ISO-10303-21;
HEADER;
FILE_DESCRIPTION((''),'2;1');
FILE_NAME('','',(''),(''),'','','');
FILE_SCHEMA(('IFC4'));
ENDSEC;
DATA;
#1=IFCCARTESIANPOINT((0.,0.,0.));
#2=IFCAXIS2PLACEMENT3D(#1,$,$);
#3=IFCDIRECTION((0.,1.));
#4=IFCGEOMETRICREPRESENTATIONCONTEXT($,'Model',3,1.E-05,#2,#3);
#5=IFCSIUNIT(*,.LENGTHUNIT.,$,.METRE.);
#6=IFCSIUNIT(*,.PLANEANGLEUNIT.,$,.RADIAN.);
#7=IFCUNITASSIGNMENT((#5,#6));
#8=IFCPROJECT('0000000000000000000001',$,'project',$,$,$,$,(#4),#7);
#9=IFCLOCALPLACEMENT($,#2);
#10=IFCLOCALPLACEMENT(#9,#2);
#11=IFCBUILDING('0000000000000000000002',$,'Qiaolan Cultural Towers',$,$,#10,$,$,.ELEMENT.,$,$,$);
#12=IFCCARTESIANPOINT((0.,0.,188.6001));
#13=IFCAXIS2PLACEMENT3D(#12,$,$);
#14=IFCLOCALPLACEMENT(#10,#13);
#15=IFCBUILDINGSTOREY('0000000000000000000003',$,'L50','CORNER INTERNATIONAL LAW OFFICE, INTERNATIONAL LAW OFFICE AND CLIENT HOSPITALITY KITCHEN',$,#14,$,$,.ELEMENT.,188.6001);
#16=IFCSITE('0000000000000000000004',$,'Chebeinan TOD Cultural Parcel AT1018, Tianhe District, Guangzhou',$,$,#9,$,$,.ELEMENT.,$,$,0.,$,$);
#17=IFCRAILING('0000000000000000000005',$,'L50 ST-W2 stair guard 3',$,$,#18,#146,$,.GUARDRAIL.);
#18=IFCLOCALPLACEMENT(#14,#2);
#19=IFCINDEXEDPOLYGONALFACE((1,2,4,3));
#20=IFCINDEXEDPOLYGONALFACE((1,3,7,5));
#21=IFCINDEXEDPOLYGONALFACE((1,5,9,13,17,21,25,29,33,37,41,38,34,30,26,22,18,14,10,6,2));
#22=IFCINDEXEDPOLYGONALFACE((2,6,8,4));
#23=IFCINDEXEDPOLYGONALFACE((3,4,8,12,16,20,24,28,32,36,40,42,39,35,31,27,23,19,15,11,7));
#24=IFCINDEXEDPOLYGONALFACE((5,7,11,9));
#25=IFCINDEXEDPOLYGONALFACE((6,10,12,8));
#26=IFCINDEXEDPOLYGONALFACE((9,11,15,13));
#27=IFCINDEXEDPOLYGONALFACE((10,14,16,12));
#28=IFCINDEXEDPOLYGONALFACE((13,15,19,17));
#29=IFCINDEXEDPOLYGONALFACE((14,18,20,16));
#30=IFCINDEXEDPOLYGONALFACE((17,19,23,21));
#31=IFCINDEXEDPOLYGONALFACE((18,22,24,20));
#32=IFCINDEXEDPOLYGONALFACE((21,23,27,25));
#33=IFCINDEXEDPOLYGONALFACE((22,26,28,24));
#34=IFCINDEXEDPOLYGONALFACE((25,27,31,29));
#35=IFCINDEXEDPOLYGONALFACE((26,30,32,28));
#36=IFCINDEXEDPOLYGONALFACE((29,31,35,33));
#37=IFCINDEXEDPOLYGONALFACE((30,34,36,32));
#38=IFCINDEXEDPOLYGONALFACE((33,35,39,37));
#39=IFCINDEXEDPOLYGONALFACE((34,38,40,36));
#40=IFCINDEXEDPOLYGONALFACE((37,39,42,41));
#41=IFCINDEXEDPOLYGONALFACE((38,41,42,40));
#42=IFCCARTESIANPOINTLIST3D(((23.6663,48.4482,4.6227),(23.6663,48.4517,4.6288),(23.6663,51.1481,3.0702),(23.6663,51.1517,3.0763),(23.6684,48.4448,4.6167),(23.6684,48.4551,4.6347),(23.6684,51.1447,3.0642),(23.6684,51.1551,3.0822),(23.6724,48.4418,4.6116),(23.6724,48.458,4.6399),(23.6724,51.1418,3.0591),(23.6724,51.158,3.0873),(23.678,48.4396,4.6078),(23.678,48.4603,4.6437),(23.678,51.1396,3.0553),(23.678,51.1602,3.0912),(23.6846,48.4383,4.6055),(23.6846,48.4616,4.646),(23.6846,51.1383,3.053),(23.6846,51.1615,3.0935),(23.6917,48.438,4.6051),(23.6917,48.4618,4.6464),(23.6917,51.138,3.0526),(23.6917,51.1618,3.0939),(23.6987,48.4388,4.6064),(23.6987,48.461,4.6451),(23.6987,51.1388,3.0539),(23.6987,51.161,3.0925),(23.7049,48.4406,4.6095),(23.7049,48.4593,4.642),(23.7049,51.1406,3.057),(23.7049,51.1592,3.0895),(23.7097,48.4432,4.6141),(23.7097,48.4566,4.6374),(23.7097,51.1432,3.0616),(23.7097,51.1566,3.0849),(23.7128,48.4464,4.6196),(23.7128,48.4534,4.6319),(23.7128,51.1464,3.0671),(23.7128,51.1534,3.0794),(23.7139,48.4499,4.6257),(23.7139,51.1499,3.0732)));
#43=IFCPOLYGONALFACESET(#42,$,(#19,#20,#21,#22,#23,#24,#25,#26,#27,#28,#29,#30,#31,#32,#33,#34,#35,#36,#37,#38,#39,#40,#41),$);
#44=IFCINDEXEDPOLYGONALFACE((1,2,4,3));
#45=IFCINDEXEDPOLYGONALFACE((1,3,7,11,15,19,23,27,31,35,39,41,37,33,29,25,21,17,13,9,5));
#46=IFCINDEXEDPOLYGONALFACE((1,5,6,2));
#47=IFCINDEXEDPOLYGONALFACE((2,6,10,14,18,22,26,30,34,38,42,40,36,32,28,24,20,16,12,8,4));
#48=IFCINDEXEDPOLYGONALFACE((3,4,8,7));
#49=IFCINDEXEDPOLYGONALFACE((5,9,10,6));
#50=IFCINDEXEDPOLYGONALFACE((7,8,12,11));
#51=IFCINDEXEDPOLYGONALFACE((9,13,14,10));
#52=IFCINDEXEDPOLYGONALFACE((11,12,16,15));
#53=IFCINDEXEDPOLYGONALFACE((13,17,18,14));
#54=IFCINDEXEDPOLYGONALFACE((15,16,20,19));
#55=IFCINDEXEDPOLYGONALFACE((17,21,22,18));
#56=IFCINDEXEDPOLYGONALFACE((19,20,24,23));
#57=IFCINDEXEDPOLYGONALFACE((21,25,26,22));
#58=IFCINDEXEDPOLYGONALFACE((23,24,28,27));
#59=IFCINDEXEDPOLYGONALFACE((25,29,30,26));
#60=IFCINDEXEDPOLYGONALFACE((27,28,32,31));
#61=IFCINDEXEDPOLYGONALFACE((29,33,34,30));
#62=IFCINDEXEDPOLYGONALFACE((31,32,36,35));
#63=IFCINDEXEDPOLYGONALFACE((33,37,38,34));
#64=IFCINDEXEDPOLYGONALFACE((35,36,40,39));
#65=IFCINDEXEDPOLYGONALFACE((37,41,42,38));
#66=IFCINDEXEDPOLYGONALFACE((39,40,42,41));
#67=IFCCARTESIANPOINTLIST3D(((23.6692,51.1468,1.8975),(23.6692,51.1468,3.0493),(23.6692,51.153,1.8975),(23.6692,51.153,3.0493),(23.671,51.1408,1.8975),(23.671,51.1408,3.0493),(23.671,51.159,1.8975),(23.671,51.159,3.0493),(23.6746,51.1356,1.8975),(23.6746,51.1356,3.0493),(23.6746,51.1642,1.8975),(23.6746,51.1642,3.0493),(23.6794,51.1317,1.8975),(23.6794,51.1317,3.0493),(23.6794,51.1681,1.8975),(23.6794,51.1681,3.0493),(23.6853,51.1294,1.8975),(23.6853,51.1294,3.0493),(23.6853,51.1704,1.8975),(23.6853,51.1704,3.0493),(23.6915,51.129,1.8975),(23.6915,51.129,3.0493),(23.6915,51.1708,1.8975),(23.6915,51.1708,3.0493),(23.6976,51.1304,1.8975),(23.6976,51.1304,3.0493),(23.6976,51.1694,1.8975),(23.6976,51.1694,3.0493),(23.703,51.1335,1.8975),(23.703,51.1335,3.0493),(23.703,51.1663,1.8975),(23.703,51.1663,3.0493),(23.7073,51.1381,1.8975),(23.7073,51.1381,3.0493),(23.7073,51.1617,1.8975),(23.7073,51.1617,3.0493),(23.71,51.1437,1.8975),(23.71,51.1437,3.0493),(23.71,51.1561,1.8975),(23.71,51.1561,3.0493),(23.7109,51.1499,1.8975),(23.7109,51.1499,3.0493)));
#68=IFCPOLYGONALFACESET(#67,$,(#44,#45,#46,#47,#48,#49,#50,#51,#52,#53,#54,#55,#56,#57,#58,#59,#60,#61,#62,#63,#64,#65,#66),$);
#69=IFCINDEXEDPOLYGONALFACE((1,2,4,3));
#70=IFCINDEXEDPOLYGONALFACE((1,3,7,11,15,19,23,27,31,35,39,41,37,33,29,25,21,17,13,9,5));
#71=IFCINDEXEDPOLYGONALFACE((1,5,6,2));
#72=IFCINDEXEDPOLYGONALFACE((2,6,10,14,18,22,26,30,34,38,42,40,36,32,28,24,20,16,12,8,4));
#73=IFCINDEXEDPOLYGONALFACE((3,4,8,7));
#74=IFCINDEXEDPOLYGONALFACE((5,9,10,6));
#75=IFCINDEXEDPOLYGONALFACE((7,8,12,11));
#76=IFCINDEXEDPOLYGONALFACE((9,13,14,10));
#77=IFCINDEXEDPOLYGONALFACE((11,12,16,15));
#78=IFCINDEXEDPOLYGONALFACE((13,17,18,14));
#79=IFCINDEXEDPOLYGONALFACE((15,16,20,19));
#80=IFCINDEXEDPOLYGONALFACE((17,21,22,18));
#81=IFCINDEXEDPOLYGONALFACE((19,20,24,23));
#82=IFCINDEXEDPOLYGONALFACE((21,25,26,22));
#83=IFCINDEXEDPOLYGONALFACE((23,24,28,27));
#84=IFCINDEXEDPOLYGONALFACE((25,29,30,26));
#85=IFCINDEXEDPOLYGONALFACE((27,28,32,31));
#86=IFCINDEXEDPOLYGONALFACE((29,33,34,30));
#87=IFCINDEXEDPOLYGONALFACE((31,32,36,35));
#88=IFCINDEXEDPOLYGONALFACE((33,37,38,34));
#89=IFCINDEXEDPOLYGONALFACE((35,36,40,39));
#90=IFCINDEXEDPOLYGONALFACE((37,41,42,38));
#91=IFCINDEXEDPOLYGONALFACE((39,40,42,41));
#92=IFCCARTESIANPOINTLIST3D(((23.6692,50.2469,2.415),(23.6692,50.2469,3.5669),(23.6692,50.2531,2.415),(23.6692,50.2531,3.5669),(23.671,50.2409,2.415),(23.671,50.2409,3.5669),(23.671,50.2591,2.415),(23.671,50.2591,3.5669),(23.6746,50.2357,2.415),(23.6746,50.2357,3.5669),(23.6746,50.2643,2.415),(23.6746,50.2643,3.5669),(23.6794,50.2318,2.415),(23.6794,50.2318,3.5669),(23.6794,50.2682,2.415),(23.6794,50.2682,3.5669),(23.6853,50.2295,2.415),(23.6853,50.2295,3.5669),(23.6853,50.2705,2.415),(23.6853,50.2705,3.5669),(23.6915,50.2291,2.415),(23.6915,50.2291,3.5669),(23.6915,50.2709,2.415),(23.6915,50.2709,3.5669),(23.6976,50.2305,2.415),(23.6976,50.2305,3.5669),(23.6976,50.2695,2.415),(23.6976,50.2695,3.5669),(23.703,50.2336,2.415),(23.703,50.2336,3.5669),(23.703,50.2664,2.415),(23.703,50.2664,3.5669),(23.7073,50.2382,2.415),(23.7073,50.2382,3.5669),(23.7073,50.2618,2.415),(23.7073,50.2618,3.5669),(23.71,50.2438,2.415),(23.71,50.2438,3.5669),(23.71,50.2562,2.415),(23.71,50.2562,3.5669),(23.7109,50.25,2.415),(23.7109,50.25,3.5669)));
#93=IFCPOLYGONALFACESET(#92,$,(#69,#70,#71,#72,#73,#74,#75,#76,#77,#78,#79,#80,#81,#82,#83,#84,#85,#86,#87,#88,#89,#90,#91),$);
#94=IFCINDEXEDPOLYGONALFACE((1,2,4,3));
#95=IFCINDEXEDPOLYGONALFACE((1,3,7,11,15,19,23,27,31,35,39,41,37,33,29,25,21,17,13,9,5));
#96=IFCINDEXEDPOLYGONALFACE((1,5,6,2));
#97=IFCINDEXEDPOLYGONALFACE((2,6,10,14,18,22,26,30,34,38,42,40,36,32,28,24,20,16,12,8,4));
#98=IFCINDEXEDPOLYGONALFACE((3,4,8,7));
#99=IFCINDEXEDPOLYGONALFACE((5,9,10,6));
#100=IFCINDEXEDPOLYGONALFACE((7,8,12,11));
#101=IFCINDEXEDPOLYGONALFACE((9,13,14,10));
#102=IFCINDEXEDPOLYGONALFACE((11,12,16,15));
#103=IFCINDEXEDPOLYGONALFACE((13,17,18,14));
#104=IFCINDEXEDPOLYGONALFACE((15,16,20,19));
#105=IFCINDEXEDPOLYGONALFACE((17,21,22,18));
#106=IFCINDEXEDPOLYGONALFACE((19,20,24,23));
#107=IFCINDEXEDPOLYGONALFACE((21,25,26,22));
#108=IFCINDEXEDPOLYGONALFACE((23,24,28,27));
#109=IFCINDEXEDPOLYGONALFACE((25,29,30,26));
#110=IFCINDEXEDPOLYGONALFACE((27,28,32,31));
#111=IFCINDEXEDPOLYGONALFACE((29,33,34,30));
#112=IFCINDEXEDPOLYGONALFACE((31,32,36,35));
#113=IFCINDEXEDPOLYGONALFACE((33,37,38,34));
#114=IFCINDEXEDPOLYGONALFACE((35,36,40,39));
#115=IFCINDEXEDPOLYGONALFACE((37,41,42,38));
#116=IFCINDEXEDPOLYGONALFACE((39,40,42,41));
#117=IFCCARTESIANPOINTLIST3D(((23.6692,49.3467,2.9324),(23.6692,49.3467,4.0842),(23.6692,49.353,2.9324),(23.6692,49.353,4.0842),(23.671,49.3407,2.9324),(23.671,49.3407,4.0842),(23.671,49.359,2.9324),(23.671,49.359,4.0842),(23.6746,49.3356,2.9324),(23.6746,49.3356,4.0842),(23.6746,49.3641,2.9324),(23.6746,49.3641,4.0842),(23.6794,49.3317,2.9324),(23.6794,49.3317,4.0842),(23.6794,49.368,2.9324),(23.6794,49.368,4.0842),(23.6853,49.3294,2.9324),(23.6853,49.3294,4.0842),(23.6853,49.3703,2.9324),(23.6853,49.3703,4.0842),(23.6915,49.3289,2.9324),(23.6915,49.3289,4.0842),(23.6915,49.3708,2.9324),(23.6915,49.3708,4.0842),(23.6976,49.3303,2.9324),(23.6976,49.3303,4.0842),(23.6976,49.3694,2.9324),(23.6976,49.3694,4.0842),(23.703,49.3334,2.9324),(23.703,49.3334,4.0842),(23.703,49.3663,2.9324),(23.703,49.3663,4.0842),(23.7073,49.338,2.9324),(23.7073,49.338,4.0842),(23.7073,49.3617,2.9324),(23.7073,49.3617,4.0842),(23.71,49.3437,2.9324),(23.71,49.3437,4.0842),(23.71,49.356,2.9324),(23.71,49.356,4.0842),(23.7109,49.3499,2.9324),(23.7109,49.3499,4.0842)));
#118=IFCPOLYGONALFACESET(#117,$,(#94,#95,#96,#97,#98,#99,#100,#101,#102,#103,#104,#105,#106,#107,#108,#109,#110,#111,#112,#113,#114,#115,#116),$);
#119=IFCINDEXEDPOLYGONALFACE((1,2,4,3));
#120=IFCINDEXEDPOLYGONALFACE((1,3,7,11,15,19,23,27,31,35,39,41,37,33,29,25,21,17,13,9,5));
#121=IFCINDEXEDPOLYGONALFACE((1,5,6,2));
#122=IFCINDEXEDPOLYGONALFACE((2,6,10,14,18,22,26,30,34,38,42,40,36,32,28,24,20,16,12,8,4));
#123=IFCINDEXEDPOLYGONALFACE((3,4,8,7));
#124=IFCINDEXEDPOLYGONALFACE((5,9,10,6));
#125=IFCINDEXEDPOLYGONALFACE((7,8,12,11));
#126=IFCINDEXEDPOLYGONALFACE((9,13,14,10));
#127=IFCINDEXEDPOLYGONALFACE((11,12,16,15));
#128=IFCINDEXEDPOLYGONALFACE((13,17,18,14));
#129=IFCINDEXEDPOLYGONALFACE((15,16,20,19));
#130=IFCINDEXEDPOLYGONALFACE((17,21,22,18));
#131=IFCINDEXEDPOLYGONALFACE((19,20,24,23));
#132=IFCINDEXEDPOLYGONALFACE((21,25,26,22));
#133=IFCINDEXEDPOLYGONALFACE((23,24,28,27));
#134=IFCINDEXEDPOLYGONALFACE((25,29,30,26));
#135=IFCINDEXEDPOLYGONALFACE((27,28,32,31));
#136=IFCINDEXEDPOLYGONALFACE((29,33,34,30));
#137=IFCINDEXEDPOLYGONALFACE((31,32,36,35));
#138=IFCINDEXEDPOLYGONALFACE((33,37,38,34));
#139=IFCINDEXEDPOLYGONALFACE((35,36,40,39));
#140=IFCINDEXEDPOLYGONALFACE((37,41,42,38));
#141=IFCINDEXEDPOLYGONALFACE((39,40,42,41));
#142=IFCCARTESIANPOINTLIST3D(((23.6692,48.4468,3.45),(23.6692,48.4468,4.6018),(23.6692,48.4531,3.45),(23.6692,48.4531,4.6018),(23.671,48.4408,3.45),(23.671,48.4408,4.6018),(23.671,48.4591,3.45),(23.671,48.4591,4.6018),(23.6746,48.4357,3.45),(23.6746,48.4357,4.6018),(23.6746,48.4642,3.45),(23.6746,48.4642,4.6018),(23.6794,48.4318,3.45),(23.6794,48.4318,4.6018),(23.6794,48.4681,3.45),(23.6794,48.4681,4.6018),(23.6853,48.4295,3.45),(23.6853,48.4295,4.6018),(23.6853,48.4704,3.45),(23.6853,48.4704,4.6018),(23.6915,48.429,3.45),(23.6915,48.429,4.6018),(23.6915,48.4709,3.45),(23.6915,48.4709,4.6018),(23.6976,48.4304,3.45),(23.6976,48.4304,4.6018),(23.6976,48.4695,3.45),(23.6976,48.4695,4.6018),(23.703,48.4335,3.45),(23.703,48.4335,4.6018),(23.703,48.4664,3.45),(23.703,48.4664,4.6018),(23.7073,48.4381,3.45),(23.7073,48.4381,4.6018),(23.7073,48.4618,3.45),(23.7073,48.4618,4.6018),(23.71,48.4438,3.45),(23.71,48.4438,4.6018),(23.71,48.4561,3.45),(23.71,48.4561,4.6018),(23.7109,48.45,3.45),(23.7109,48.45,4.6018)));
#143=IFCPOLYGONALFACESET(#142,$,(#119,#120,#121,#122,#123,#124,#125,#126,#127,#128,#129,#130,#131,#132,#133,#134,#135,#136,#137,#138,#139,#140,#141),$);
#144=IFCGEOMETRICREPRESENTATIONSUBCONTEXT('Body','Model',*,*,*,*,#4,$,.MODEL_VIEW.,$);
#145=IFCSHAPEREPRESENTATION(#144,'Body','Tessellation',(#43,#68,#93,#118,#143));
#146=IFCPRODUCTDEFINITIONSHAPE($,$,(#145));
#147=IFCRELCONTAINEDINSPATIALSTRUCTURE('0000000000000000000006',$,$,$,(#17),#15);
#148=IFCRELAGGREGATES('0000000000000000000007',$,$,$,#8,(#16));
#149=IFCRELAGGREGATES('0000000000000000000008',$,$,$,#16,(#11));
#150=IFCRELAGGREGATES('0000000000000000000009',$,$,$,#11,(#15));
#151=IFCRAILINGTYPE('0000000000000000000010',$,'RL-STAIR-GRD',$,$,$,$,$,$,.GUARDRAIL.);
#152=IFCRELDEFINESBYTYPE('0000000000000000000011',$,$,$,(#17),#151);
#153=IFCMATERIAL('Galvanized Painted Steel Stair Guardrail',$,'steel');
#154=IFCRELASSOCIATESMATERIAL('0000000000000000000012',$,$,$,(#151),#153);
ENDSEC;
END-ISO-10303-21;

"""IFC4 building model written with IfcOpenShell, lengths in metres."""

from ifc_helpers import new_model, si_unit, direction, frame, origin, origin_2d, place, context, subcontext, project, spatial, circle, extrude, material, type_object, element, save


model = new_model("IFC4")

# Units and contexts
model_context = context("Model", 3, precision=1e-05, world=origin(), true_north=direction((0.0, 1.0)))
body_context = subcontext(model_context, "Body", "Model", "MODEL_VIEW")
ifc_project = project(units=[si_unit("LENGTHUNIT", "METRE"), si_unit("PLANEANGLEUNIT", "RADIAN")], contexts=[model_context])

# Site, building, storey
site_placement = place(None, origin())
site = spatial("IfcSite", under=ifc_project, at=site_placement, Name="Chebeinan TOD Cultural Parcel AT1018, Tianhe District, Guangzhou", CompositionType="ELEMENT", RefElevation=0.0)
building_placement = place(site_placement, origin())
building = spatial("IfcBuilding", under=site, at=building_placement, Name="Qiaolan Cultural Towers", CompositionType="ELEMENT")
storey_placement = place(building_placement, frame((0.0, 0.0, 188.6001)))
storey = spatial("IfcBuildingStorey", under=building, at=storey_placement, Name="L50", Description="CORNER INTERNATIONAL LAW OFFICE, INTERNATIONAL LAW OFFICE AND CLIENT HOSPITALITY KITCHEN", CompositionType="ELEMENT", Elevation=188.6001)

# Railing
ifc_material_1 = material(Name="Galvanized Painted Steel Stair Guardrail", Category="steel")
railing_type_1 = type_object("IfcRailingType", Name="RL-STAIR-GRD", PredefinedType="GUARDRAIL", material=ifc_material_1)
railing_1_placement = place(storey_placement, frame((23.6899, 51.1499, 1.8975)))
element("IfcRailing", 1, at=railing_1_placement, inside=storey, type_object=railing_type_1, Name="L50 ST-W2 stair guard 3", PredefinedType="GUARDRAIL", context=body_context, shape_type="SweptSolid", body=[
    extrude(circle(Radius=0.0239, at=origin_2d()), frame((0.0, 0.0, 1.1758), z_axis=(0.0, -0.866904, 0.498476), x_axis=(1.0, 0.0, 0.0)), (0.0, 0.0, 1.0), 3.1145),
    extrude(circle(Radius=0.021, at=origin_2d()), origin(), (0.0, 0.0, 1.0), 1.1519),
    extrude(circle(Radius=0.021, at=origin_2d()), frame((0.0, -0.8999, 0.5176)), (0.0, 0.0, 1.0), 1.1519),
    extrude(circle(Radius=0.021, at=origin_2d()), frame((0.0, -1.8, 1.0349)), (0.0, 0.0, 1.0), 1.1519),
    extrude(circle(Radius=0.021, at=origin_2d()), frame((0.0, -2.7, 1.5525)), (0.0, 0.0, 1.0), 1.1519),
])

save(model, "model.ifc")
